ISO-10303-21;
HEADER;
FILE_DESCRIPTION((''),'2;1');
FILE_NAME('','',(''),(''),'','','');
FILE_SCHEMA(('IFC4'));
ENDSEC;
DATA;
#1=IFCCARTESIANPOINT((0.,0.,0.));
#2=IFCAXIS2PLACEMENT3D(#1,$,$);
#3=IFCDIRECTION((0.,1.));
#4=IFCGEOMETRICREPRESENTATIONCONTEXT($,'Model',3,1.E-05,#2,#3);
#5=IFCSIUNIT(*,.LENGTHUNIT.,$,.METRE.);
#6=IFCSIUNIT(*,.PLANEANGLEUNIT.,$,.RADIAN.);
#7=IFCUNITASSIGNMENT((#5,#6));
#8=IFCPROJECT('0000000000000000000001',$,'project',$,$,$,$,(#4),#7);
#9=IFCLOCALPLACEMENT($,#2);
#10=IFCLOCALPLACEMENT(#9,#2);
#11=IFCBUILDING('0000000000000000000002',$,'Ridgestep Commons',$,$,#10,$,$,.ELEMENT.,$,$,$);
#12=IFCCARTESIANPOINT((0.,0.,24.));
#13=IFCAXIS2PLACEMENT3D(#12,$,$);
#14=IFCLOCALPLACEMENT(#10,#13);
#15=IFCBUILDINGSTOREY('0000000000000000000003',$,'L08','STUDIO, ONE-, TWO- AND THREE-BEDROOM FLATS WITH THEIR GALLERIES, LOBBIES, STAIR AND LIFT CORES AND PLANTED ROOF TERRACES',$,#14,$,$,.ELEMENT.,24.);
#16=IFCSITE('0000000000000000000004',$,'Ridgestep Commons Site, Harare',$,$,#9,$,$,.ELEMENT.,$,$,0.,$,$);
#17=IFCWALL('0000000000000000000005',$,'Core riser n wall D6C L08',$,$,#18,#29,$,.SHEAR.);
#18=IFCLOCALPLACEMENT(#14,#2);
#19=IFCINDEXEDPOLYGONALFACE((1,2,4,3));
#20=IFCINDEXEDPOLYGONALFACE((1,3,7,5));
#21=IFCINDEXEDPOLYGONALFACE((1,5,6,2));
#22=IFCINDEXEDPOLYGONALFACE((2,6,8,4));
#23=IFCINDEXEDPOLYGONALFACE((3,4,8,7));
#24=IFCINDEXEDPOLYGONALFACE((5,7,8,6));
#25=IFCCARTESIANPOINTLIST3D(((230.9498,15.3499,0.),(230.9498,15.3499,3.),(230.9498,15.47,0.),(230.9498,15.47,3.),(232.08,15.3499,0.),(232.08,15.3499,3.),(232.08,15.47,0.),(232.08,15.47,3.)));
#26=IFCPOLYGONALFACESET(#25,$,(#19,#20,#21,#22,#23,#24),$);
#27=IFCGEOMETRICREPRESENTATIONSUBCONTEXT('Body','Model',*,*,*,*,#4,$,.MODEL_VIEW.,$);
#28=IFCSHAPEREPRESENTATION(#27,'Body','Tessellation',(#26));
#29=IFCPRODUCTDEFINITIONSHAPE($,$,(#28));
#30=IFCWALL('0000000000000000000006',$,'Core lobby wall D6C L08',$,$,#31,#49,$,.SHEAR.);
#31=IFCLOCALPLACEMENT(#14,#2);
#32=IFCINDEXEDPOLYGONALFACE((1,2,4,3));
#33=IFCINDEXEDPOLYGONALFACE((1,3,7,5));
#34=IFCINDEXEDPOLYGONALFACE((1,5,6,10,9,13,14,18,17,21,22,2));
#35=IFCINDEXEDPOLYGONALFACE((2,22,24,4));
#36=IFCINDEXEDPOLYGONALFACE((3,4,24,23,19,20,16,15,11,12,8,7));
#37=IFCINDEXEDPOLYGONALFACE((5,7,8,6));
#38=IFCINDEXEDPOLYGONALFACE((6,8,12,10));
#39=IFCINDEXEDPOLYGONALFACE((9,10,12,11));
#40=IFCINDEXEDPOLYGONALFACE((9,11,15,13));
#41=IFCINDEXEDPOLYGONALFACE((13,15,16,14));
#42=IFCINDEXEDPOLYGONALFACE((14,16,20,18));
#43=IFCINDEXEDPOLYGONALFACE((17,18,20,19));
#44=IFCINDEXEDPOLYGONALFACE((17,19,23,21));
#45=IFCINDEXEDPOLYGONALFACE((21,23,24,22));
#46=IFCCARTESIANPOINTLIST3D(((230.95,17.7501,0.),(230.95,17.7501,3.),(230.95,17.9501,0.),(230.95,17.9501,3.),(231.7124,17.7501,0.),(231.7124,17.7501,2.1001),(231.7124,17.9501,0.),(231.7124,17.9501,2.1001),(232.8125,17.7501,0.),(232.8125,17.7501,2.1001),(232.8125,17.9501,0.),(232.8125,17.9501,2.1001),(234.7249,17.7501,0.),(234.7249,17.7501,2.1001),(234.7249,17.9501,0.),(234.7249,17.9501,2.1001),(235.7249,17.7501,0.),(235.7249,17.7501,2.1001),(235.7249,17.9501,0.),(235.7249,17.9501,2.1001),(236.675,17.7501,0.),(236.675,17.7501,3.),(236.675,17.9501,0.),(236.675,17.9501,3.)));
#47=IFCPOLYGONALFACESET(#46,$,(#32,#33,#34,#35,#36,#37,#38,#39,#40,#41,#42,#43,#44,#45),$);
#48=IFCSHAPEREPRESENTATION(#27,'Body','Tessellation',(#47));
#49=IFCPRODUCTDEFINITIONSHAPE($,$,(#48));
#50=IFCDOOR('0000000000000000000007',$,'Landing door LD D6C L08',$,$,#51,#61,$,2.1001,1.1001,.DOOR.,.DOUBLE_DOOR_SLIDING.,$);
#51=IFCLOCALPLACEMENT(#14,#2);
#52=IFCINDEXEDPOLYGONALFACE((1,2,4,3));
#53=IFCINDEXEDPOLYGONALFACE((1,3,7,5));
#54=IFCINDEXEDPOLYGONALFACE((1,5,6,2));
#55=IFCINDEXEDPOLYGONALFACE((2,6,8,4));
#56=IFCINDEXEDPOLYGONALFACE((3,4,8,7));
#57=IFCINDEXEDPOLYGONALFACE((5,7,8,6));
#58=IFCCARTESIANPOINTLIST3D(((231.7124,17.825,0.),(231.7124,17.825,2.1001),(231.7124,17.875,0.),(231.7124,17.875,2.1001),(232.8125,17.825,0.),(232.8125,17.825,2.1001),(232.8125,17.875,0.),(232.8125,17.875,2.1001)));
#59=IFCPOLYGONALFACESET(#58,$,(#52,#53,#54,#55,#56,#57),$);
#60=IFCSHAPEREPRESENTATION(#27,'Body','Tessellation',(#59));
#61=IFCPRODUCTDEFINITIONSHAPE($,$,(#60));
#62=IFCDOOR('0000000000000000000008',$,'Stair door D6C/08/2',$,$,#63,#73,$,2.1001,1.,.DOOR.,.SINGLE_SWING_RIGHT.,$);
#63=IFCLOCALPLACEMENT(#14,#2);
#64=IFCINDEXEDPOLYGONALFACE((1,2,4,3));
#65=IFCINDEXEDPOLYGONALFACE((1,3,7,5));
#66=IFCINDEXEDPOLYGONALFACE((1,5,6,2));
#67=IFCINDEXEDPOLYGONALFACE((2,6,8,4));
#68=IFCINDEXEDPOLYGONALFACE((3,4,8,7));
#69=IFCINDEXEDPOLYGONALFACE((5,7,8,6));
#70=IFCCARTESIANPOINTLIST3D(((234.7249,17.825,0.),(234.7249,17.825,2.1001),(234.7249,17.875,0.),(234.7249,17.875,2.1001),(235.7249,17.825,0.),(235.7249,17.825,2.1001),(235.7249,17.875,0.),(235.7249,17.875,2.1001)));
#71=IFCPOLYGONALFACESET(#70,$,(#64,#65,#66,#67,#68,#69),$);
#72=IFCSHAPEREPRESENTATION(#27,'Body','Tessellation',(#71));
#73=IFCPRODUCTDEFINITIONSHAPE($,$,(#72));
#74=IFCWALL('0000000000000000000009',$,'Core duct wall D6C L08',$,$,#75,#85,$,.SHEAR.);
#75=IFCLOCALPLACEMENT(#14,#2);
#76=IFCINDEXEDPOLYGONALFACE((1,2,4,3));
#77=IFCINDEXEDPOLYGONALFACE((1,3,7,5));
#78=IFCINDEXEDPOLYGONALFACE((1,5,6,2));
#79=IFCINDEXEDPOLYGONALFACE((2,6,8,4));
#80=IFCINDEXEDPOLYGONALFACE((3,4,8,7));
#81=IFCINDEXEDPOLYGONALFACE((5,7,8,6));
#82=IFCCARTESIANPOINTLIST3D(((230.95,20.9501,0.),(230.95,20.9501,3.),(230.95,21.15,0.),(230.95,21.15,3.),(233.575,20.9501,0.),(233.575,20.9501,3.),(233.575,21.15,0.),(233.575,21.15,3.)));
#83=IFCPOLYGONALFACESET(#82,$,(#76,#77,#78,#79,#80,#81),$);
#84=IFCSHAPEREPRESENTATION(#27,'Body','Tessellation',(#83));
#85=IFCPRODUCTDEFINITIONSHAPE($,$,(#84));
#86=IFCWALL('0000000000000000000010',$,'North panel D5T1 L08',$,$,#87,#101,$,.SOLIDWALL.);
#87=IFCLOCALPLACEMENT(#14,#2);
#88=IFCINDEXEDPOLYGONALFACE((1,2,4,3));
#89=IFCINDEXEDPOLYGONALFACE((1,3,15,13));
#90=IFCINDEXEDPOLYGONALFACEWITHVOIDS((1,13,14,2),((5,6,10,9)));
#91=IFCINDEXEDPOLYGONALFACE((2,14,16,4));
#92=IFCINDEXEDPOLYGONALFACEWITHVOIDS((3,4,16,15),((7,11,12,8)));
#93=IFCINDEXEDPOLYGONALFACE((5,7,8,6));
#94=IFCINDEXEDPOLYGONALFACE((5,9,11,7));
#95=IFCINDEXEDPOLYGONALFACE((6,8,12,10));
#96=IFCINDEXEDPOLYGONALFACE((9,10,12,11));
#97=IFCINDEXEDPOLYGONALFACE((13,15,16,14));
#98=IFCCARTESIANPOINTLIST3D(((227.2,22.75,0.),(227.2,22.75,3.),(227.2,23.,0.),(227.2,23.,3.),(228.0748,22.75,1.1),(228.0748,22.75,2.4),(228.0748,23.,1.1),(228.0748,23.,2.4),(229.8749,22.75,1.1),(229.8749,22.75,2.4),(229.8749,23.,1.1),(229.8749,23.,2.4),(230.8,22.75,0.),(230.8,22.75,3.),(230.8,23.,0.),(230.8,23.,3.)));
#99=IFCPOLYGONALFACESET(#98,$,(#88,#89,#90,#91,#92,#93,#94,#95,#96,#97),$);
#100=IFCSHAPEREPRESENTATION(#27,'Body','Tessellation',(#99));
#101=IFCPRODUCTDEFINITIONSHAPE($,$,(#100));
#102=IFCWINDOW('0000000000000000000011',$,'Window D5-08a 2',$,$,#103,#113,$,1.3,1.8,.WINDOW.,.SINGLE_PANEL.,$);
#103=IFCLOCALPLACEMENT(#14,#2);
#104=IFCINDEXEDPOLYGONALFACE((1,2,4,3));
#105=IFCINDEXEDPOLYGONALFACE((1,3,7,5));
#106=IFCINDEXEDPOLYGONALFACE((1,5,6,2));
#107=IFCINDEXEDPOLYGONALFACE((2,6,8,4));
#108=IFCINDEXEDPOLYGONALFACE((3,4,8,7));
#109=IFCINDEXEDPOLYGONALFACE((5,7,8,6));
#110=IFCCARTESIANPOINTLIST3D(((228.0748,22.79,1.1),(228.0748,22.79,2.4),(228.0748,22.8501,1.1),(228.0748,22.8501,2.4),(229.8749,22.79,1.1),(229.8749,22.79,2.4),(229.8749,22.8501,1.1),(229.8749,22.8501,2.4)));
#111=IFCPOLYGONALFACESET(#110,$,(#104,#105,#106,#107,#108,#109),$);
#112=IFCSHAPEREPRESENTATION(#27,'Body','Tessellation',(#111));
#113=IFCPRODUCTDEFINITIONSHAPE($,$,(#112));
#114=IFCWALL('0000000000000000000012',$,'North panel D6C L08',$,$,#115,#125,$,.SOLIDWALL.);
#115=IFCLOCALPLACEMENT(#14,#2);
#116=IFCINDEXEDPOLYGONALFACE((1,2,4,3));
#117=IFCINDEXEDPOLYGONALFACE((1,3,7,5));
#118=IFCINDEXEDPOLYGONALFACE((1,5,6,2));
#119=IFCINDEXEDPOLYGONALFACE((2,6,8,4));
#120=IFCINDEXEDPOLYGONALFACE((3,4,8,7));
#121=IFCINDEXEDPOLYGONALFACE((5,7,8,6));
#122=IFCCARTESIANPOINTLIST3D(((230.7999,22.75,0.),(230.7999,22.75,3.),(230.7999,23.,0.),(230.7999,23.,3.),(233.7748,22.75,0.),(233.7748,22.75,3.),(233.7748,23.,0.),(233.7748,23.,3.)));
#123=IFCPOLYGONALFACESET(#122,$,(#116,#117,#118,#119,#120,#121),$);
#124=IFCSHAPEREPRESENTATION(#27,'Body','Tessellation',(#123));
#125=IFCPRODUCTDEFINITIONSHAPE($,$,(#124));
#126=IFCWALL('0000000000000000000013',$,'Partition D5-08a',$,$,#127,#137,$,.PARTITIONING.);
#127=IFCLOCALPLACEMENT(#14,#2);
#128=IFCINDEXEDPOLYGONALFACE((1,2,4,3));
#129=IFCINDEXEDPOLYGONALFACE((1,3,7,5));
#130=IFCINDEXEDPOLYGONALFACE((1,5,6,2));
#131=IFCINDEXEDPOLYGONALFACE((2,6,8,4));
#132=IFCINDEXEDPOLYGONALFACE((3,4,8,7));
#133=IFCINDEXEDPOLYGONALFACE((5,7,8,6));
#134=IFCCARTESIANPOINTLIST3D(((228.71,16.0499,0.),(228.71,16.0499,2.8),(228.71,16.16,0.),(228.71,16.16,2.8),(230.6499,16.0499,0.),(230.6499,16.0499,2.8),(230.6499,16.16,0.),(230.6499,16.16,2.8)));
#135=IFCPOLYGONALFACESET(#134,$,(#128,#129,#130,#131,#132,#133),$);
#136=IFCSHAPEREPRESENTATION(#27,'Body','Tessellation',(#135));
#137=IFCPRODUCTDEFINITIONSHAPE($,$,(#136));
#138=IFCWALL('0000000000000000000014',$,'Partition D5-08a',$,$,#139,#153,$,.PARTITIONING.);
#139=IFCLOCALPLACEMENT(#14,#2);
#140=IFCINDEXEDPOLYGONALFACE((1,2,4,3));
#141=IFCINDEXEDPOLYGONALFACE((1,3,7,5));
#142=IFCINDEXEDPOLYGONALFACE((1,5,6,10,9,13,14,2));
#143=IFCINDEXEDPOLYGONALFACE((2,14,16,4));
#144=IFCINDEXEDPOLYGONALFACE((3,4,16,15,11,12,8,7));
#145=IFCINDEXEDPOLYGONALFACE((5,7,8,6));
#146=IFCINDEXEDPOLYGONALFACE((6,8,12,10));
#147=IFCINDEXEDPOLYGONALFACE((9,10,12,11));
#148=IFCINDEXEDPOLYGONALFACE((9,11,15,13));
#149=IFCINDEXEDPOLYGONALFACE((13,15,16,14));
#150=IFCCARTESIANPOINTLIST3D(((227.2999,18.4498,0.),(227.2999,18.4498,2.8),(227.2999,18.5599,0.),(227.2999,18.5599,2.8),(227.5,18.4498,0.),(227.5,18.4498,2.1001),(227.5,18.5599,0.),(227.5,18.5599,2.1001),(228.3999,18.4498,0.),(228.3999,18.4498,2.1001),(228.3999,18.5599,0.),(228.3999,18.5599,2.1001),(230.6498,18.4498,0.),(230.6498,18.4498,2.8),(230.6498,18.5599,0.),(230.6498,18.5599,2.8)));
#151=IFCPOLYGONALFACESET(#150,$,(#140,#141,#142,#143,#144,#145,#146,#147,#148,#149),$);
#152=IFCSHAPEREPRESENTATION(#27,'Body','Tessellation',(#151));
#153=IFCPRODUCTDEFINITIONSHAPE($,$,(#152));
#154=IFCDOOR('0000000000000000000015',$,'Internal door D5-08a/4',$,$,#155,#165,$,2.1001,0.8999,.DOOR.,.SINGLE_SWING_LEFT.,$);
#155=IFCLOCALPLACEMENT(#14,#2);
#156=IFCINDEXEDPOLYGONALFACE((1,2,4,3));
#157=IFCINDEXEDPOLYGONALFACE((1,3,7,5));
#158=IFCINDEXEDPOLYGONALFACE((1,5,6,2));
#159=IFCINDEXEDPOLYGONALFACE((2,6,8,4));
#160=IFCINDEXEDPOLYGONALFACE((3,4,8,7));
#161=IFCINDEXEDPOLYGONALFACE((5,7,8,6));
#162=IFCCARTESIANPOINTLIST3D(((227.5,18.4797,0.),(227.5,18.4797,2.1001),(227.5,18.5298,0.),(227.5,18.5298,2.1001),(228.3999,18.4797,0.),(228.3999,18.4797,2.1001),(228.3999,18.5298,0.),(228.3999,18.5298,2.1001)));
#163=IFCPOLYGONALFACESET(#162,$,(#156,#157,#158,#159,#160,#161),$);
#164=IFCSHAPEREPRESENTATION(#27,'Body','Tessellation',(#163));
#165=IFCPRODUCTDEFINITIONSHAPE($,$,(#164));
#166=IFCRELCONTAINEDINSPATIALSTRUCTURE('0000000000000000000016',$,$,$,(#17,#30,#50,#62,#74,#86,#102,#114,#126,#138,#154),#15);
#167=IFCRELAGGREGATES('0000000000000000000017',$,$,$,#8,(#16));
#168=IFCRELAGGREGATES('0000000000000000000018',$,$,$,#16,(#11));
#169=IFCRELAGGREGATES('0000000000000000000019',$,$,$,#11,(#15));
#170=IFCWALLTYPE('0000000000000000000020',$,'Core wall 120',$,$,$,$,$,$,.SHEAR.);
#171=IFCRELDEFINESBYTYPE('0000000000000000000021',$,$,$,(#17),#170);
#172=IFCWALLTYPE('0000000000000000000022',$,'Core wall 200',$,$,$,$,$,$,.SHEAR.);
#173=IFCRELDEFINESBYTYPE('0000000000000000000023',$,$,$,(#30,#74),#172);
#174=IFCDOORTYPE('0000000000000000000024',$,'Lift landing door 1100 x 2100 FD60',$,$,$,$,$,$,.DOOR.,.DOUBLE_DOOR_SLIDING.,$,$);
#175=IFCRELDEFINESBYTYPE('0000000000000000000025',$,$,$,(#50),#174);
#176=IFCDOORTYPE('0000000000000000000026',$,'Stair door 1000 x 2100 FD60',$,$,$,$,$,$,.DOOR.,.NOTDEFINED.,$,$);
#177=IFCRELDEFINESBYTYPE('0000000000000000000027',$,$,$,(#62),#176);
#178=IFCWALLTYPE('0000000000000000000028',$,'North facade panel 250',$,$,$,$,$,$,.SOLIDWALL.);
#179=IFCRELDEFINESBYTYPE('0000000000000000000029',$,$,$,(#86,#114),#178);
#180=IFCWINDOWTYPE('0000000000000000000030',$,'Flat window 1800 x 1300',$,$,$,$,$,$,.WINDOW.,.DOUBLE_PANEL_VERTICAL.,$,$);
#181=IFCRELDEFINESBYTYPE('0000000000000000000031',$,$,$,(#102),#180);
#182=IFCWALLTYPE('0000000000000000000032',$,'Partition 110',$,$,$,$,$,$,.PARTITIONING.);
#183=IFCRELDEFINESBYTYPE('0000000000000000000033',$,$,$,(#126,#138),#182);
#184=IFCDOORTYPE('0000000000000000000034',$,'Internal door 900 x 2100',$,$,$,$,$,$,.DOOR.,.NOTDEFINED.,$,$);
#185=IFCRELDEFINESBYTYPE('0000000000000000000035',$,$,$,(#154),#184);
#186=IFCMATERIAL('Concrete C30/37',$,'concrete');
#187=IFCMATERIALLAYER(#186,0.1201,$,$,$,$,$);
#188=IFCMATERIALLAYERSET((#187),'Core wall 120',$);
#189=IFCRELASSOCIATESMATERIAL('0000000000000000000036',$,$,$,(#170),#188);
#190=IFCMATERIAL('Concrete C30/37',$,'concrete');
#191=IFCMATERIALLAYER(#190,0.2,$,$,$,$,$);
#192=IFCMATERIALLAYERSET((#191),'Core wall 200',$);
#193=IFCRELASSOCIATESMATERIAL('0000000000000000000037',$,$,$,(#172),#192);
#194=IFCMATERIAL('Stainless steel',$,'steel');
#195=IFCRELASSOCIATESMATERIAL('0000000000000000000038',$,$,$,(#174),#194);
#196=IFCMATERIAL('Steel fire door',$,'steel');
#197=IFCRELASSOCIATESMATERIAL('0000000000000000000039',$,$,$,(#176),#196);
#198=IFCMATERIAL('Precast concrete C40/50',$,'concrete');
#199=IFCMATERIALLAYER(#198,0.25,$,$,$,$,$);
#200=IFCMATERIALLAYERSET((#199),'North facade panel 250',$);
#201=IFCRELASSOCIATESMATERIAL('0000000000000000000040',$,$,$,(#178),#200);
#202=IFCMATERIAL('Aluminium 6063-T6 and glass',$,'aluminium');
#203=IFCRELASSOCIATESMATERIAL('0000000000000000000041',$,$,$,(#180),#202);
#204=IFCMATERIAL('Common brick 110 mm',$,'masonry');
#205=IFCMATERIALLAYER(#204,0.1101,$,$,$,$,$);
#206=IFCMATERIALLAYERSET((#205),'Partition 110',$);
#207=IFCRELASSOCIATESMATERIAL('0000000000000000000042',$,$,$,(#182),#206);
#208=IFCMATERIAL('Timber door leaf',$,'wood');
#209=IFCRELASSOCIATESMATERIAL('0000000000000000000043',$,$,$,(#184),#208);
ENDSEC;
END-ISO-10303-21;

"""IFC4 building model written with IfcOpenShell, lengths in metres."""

from ifc_helpers import new_model, si_unit, direction, frame, frame_2d, origin, place, context, subcontext, project, spatial, rectangle, extrude, material, layer, layer_set, type_object, element, fill, save


model = new_model("IFC4")

# Units and contexts
model_context = context("Model", 3, precision=1e-05, world=origin(), true_north=direction((0.0, 1.0)))
body_context = subcontext(model_context, "Body", "Model", "MODEL_VIEW")
ifc_project = project(units=[si_unit("LENGTHUNIT", "METRE"), si_unit("PLANEANGLEUNIT", "RADIAN")], contexts=[model_context])

# Site, building, storey
site_placement = place(None, origin())
site = spatial("IfcSite", under=ifc_project, at=site_placement, Name="Ridgestep Commons Site, Harare", CompositionType="ELEMENT", RefElevation=0.0)
building_placement = place(site_placement, origin())
building = spatial("IfcBuilding", under=site, at=building_placement, Name="Ridgestep Commons", CompositionType="ELEMENT")
storey_placement = place(building_placement, frame((0.0, 0.0, 24.0)))
storey = spatial("IfcBuildingStorey", under=building, at=storey_placement, Name="L08", Description="STUDIO, ONE-, TWO- AND THREE-BEDROOM FLATS WITH THEIR GALLERIES, LOBBIES, STAIR AND LIFT CORES AND PLANTED ROOF TERRACES", CompositionType="ELEMENT", Elevation=24.0)

# Wall
ifc_material_1 = material(Name="Concrete C30/37", Category="concrete")
ifc_layer_1 = layer(ifc_material_1, 0.1201)
ifc_layer_set_1 = layer_set([ifc_layer_1], Name="Core wall 120")
wall_type_1 = type_object("IfcWallType", Name="Core wall 120", PredefinedType="SHEAR", material=ifc_layer_set_1)
wall_1_placement = place(storey_placement, frame((230.95, 15.4099, 0.0), z_axis=(0.0, 0.0, 1.0), x_axis=(1.0, 0.0, 0.0)))
element("IfcWall", 1, at=wall_1_placement, inside=storey, type_object=wall_type_1, Name="Core riser n wall D6C L08", PredefinedType="SHEAR", context=body_context, shape_type="SweptSolid", body=[
    extrude(rectangle(XDim=1.1301, YDim=0.1201, at=frame_2d((0.5649, 0.0))), origin(), (0.0, 0.0, 1.0), 3.0),
])

# Wall, openings, doors
ifc_material_2 = material(Name="Concrete C30/37", Category="concrete")
ifc_layer_2 = layer(ifc_material_2, 0.2)
ifc_layer_set_2 = layer_set([ifc_layer_2], Name="Core wall 200")
wall_type_2 = type_object("IfcWallType", Name="Core wall 200", PredefinedType="SHEAR", material=ifc_layer_set_2)
wall_2_placement = place(storey_placement, frame((230.95, 17.8501, 0.0), z_axis=(0.0, 0.0, 1.0), x_axis=(1.0, 0.0, 0.0)))
wall_2 = element("IfcWall", 2, at=wall_2_placement, inside=storey, type_object=wall_type_2, Name="Core lobby wall D6C L08", PredefinedType="SHEAR", context=body_context, shape_type="SweptSolid", body=[
    extrude(rectangle(XDim=5.7251, YDim=0.2, at=frame_2d((2.8625, 0.0))), origin(), (0.0, 0.0, 1.0), 3.0),
])
opening_1_placement = place(wall_2_placement, frame((3.7749, 0.0, 0.0)))
opening_1 = element("IfcOpeningElement", 3, at=opening_1_placement, cuts=wall_2, PredefinedType="OPENING", context=body_context, shape_type="SweptSolid", body=[
    extrude(rectangle(XDim=1.0, YDim=2.1001, at=frame_2d((0.5, 1.05))), frame((0.0, 0.1099, 0.0), z_axis=(0.0, -1.0, 0.0), x_axis=(1.0, 0.0, 0.0)), (0.0, 0.0, 1.0), 0.22),
])
opening_2_placement = place(wall_2_placement, frame((0.7625, 0.0, 0.0)))
opening_2 = element("IfcOpeningElement", 4, at=opening_2_placement, cuts=wall_2, PredefinedType="OPENING", context=body_context, shape_type="SweptSolid", body=[
    extrude(rectangle(XDim=1.1001, YDim=2.1001, at=frame_2d((0.55, 1.05))), frame((0.0, 0.1099, 0.0), z_axis=(0.0, -1.0, 0.0), x_axis=(1.0, 0.0, 0.0)), (0.0, 0.0, 1.0), 0.22),
])
ifc_material_3 = material(Name="Stainless steel", Category="steel")
door_type_1 = type_object("IfcDoorType", Name="Lift landing door 1100 x 2100 FD60", OperationType="DOUBLE_DOOR_SLIDING", PredefinedType="DOOR", material=ifc_material_3)
door_1_placement = place(opening_2_placement, origin())
door_1 = element("IfcDoor", 5, at=door_1_placement, inside=storey, type_object=door_type_1, Name="Landing door LD D6C L08", OperationType="DOUBLE_DOOR_SLIDING", OverallHeight=2.1001, OverallWidth=1.1001, PredefinedType="DOOR", context=body_context, shape_type="SweptSolid", body=[
    extrude(rectangle(XDim=1.1001, YDim=2.1001, at=frame_2d((0.55, 1.05))), frame((0.0, 0.0249, 0.0), z_axis=(0.0, -1.0, 0.0), x_axis=(1.0, 0.0, 0.0)), (0.0, 0.0, 1.0), 0.05),
])
fill(opening_2, door_1)
ifc_material_4 = material(Name="Steel fire door", Category="steel")
door_type_2 = type_object("IfcDoorType", Name="Stair door 1000 x 2100 FD60", OperationType="NOTDEFINED", PredefinedType="DOOR", material=ifc_material_4)
door_2_placement = place(opening_1_placement, origin())
door_2 = element("IfcDoor", 6, at=door_2_placement, inside=storey, type_object=door_type_2, Name="Stair door D6C/08/2", OperationType="SINGLE_SWING_RIGHT", OverallHeight=2.1001, OverallWidth=1.0, PredefinedType="DOOR", context=body_context, shape_type="SweptSolid", body=[
    extrude(rectangle(XDim=1.0, YDim=2.1001, at=frame_2d((0.5, 1.05))), frame((0.0, 0.0249, 0.0), z_axis=(0.0, -1.0, 0.0), x_axis=(1.0, 0.0, 0.0)), (0.0, 0.0, 1.0), 0.05),
])
fill(opening_1, door_2)

# Wall
wall_3_placement = place(storey_placement, frame((230.95, 21.05, 0.0), z_axis=(0.0, 0.0, 1.0), x_axis=(1.0, 0.0, 0.0)))
element("IfcWall", 7, at=wall_3_placement, inside=storey, type_object=wall_type_2, Name="Core duct wall D6C L08", PredefinedType="SHEAR", context=body_context, shape_type="SweptSolid", body=[
    extrude(rectangle(XDim=2.625, YDim=0.2, at=frame_2d((1.3125, 0.0))), origin(), (0.0, 0.0, 1.0), 3.0),
])

# Wall, opening, window
ifc_material_5 = material(Name="Precast concrete C40/50", Category="concrete")
ifc_layer_3 = layer(ifc_material_5, 0.25)
ifc_layer_set_3 = layer_set([ifc_layer_3], Name="North facade panel 250")
wall_type_3 = type_object("IfcWallType", Name="North facade panel 250", PredefinedType="SOLIDWALL", material=ifc_layer_set_3)
wall_4_placement = place(storey_placement, frame((227.2, 22.875, 0.0), z_axis=(0.0, 0.0, 1.0), x_axis=(1.0, 0.0, 0.0)))
wall_4 = element("IfcWall", 8, at=wall_4_placement, inside=storey, type_object=wall_type_3, Name="North panel D5T1 L08", PredefinedType="SOLIDWALL", context=body_context, shape_type="SweptSolid", body=[
    extrude(rectangle(XDim=3.6001, YDim=0.25, at=frame_2d((1.8, 0.0))), origin(), (0.0, 0.0, 1.0), 3.0),
])
opening_3_placement = place(wall_4_placement, frame((0.875, 0.0, 1.1001)))
opening_3 = element("IfcOpeningElement", 9, at=opening_3_placement, cuts=wall_4, PredefinedType="OPENING", context=body_context, shape_type="SweptSolid", body=[
    extrude(rectangle(XDim=1.8, YDim=1.3, at=frame_2d((0.8999, 0.6499))), frame((0.0, 0.135, 0.0), z_axis=(0.0, -1.0, 0.0), x_axis=(1.0, 0.0, 0.0)), (0.0, 0.0, 1.0), 0.27),
])
ifc_material_6 = material(Name="Aluminium 6063-T6 and glass", Category="aluminium")
window_type = type_object("IfcWindowType", Name="Flat window 1800 x 1300", PartitioningType="DOUBLE_PANEL_VERTICAL", PredefinedType="WINDOW", material=ifc_material_6)
window_placement = place(opening_3_placement, origin())
window = element("IfcWindow", 10, at=window_placement, inside=storey, type_object=window_type, Name="Window D5-08a 2", OverallHeight=1.3, OverallWidth=1.8, PartitioningType="SINGLE_PANEL", PredefinedType="WINDOW", context=body_context, shape_type="SweptSolid", body=[
    extrude(rectangle(XDim=1.8, YDim=1.3, at=frame_2d((0.8999, 0.6499))), frame((0.0, -0.0249, 0.0), z_axis=(0.0, -1.0, 0.0), x_axis=(1.0, 0.0, 0.0)), (0.0, 0.0, 1.0), 0.0601),
])
fill(opening_3, window)

# Walls
wall_5_placement = place(storey_placement, frame((230.8, 22.875, 0.0), z_axis=(0.0, 0.0, 1.0), x_axis=(1.0, 0.0, 0.0)))
element("IfcWall", 11, at=wall_5_placement, inside=storey, type_object=wall_type_3, Name="North panel D6C L08", PredefinedType="SOLIDWALL", context=body_context, shape_type="SweptSolid", body=[
    extrude(rectangle(XDim=2.9749, YDim=0.25, at=frame_2d((1.4873, 0.0))), origin(), (0.0, 0.0, 1.0), 3.0),
])
ifc_material_7 = material(Name="Common brick 110 mm", Category="masonry")
ifc_layer_4 = layer(ifc_material_7, 0.1101)
ifc_layer_set_4 = layer_set([ifc_layer_4], Name="Partition 110")
wall_type_4 = type_object("IfcWallType", Name="Partition 110", PredefinedType="PARTITIONING", material=ifc_layer_set_4)
wall_6_placement = place(storey_placement, frame((228.71, 16.105, 0.0), z_axis=(0.0, 0.0, 1.0), x_axis=(1.0, 0.0, 0.0)))
element("IfcWall", 12, at=wall_6_placement, inside=storey, type_object=wall_type_4, Name="Partition D5-08a", PredefinedType="PARTITIONING", context=body_context, shape_type="SweptSolid", body=[
    extrude(rectangle(XDim=1.9399, YDim=0.1101, at=frame_2d((0.97, 0.0))), origin(), (0.0, 0.0, 1.0), 2.8),
])

# Wall, opening, door
wall_7_placement = place(storey_placement, frame((227.3, 18.5049, 0.0), z_axis=(0.0, 0.0, 1.0), x_axis=(1.0, 0.0, 0.0)))
wall_7 = element("IfcWall", 13, at=wall_7_placement, inside=storey, type_object=wall_type_4, Name="Partition D5-08a", PredefinedType="PARTITIONING", context=body_context, shape_type="SweptSolid", body=[
    extrude(rectangle(XDim=3.3499, YDim=0.1101, at=frame_2d((1.6748, 0.0))), origin(), (0.0, 0.0, 1.0), 2.8),
])
opening_4_placement = place(wall_7_placement, frame((0.2, 0.0, 0.0)))
opening_4 = element("IfcOpeningElement", 14, at=opening_4_placement, cuts=wall_7, PredefinedType="OPENING", context=body_context, shape_type="SweptSolid", body=[
    extrude(rectangle(XDim=0.8999, YDim=2.1001, at=frame_2d((0.45, 1.05))), frame((0.0, 0.0649, 0.0), z_axis=(0.0, -1.0, 0.0), x_axis=(1.0, 0.0, 0.0)), (0.0, 0.0, 1.0), 0.1301),
])
ifc_material_8 = material(Name="Timber door leaf", Category="wood")
door_type_3 = type_object("IfcDoorType", Name="Internal door 900 x 2100", OperationType="NOTDEFINED", PredefinedType="DOOR", material=ifc_material_8)
door_3_placement = place(opening_4_placement, origin())
door_3 = element("IfcDoor", 15, at=door_3_placement, inside=storey, type_object=door_type_3, Name="Internal door D5-08a/4", OperationType="SINGLE_SWING_LEFT", OverallHeight=2.1001, OverallWidth=0.8999, PredefinedType="DOOR", context=body_context, shape_type="SweptSolid", body=[
    extrude(rectangle(XDim=0.8999, YDim=2.1001, at=frame_2d((0.45, 1.05))), frame((0.0, 0.0249, 0.0), z_axis=(0.0, -1.0, 0.0), x_axis=(1.0, 0.0, 0.0)), (0.0, 0.0, 1.0), 0.05),
])
fill(opening_4, door_3)

save(model, "model.ifc")
